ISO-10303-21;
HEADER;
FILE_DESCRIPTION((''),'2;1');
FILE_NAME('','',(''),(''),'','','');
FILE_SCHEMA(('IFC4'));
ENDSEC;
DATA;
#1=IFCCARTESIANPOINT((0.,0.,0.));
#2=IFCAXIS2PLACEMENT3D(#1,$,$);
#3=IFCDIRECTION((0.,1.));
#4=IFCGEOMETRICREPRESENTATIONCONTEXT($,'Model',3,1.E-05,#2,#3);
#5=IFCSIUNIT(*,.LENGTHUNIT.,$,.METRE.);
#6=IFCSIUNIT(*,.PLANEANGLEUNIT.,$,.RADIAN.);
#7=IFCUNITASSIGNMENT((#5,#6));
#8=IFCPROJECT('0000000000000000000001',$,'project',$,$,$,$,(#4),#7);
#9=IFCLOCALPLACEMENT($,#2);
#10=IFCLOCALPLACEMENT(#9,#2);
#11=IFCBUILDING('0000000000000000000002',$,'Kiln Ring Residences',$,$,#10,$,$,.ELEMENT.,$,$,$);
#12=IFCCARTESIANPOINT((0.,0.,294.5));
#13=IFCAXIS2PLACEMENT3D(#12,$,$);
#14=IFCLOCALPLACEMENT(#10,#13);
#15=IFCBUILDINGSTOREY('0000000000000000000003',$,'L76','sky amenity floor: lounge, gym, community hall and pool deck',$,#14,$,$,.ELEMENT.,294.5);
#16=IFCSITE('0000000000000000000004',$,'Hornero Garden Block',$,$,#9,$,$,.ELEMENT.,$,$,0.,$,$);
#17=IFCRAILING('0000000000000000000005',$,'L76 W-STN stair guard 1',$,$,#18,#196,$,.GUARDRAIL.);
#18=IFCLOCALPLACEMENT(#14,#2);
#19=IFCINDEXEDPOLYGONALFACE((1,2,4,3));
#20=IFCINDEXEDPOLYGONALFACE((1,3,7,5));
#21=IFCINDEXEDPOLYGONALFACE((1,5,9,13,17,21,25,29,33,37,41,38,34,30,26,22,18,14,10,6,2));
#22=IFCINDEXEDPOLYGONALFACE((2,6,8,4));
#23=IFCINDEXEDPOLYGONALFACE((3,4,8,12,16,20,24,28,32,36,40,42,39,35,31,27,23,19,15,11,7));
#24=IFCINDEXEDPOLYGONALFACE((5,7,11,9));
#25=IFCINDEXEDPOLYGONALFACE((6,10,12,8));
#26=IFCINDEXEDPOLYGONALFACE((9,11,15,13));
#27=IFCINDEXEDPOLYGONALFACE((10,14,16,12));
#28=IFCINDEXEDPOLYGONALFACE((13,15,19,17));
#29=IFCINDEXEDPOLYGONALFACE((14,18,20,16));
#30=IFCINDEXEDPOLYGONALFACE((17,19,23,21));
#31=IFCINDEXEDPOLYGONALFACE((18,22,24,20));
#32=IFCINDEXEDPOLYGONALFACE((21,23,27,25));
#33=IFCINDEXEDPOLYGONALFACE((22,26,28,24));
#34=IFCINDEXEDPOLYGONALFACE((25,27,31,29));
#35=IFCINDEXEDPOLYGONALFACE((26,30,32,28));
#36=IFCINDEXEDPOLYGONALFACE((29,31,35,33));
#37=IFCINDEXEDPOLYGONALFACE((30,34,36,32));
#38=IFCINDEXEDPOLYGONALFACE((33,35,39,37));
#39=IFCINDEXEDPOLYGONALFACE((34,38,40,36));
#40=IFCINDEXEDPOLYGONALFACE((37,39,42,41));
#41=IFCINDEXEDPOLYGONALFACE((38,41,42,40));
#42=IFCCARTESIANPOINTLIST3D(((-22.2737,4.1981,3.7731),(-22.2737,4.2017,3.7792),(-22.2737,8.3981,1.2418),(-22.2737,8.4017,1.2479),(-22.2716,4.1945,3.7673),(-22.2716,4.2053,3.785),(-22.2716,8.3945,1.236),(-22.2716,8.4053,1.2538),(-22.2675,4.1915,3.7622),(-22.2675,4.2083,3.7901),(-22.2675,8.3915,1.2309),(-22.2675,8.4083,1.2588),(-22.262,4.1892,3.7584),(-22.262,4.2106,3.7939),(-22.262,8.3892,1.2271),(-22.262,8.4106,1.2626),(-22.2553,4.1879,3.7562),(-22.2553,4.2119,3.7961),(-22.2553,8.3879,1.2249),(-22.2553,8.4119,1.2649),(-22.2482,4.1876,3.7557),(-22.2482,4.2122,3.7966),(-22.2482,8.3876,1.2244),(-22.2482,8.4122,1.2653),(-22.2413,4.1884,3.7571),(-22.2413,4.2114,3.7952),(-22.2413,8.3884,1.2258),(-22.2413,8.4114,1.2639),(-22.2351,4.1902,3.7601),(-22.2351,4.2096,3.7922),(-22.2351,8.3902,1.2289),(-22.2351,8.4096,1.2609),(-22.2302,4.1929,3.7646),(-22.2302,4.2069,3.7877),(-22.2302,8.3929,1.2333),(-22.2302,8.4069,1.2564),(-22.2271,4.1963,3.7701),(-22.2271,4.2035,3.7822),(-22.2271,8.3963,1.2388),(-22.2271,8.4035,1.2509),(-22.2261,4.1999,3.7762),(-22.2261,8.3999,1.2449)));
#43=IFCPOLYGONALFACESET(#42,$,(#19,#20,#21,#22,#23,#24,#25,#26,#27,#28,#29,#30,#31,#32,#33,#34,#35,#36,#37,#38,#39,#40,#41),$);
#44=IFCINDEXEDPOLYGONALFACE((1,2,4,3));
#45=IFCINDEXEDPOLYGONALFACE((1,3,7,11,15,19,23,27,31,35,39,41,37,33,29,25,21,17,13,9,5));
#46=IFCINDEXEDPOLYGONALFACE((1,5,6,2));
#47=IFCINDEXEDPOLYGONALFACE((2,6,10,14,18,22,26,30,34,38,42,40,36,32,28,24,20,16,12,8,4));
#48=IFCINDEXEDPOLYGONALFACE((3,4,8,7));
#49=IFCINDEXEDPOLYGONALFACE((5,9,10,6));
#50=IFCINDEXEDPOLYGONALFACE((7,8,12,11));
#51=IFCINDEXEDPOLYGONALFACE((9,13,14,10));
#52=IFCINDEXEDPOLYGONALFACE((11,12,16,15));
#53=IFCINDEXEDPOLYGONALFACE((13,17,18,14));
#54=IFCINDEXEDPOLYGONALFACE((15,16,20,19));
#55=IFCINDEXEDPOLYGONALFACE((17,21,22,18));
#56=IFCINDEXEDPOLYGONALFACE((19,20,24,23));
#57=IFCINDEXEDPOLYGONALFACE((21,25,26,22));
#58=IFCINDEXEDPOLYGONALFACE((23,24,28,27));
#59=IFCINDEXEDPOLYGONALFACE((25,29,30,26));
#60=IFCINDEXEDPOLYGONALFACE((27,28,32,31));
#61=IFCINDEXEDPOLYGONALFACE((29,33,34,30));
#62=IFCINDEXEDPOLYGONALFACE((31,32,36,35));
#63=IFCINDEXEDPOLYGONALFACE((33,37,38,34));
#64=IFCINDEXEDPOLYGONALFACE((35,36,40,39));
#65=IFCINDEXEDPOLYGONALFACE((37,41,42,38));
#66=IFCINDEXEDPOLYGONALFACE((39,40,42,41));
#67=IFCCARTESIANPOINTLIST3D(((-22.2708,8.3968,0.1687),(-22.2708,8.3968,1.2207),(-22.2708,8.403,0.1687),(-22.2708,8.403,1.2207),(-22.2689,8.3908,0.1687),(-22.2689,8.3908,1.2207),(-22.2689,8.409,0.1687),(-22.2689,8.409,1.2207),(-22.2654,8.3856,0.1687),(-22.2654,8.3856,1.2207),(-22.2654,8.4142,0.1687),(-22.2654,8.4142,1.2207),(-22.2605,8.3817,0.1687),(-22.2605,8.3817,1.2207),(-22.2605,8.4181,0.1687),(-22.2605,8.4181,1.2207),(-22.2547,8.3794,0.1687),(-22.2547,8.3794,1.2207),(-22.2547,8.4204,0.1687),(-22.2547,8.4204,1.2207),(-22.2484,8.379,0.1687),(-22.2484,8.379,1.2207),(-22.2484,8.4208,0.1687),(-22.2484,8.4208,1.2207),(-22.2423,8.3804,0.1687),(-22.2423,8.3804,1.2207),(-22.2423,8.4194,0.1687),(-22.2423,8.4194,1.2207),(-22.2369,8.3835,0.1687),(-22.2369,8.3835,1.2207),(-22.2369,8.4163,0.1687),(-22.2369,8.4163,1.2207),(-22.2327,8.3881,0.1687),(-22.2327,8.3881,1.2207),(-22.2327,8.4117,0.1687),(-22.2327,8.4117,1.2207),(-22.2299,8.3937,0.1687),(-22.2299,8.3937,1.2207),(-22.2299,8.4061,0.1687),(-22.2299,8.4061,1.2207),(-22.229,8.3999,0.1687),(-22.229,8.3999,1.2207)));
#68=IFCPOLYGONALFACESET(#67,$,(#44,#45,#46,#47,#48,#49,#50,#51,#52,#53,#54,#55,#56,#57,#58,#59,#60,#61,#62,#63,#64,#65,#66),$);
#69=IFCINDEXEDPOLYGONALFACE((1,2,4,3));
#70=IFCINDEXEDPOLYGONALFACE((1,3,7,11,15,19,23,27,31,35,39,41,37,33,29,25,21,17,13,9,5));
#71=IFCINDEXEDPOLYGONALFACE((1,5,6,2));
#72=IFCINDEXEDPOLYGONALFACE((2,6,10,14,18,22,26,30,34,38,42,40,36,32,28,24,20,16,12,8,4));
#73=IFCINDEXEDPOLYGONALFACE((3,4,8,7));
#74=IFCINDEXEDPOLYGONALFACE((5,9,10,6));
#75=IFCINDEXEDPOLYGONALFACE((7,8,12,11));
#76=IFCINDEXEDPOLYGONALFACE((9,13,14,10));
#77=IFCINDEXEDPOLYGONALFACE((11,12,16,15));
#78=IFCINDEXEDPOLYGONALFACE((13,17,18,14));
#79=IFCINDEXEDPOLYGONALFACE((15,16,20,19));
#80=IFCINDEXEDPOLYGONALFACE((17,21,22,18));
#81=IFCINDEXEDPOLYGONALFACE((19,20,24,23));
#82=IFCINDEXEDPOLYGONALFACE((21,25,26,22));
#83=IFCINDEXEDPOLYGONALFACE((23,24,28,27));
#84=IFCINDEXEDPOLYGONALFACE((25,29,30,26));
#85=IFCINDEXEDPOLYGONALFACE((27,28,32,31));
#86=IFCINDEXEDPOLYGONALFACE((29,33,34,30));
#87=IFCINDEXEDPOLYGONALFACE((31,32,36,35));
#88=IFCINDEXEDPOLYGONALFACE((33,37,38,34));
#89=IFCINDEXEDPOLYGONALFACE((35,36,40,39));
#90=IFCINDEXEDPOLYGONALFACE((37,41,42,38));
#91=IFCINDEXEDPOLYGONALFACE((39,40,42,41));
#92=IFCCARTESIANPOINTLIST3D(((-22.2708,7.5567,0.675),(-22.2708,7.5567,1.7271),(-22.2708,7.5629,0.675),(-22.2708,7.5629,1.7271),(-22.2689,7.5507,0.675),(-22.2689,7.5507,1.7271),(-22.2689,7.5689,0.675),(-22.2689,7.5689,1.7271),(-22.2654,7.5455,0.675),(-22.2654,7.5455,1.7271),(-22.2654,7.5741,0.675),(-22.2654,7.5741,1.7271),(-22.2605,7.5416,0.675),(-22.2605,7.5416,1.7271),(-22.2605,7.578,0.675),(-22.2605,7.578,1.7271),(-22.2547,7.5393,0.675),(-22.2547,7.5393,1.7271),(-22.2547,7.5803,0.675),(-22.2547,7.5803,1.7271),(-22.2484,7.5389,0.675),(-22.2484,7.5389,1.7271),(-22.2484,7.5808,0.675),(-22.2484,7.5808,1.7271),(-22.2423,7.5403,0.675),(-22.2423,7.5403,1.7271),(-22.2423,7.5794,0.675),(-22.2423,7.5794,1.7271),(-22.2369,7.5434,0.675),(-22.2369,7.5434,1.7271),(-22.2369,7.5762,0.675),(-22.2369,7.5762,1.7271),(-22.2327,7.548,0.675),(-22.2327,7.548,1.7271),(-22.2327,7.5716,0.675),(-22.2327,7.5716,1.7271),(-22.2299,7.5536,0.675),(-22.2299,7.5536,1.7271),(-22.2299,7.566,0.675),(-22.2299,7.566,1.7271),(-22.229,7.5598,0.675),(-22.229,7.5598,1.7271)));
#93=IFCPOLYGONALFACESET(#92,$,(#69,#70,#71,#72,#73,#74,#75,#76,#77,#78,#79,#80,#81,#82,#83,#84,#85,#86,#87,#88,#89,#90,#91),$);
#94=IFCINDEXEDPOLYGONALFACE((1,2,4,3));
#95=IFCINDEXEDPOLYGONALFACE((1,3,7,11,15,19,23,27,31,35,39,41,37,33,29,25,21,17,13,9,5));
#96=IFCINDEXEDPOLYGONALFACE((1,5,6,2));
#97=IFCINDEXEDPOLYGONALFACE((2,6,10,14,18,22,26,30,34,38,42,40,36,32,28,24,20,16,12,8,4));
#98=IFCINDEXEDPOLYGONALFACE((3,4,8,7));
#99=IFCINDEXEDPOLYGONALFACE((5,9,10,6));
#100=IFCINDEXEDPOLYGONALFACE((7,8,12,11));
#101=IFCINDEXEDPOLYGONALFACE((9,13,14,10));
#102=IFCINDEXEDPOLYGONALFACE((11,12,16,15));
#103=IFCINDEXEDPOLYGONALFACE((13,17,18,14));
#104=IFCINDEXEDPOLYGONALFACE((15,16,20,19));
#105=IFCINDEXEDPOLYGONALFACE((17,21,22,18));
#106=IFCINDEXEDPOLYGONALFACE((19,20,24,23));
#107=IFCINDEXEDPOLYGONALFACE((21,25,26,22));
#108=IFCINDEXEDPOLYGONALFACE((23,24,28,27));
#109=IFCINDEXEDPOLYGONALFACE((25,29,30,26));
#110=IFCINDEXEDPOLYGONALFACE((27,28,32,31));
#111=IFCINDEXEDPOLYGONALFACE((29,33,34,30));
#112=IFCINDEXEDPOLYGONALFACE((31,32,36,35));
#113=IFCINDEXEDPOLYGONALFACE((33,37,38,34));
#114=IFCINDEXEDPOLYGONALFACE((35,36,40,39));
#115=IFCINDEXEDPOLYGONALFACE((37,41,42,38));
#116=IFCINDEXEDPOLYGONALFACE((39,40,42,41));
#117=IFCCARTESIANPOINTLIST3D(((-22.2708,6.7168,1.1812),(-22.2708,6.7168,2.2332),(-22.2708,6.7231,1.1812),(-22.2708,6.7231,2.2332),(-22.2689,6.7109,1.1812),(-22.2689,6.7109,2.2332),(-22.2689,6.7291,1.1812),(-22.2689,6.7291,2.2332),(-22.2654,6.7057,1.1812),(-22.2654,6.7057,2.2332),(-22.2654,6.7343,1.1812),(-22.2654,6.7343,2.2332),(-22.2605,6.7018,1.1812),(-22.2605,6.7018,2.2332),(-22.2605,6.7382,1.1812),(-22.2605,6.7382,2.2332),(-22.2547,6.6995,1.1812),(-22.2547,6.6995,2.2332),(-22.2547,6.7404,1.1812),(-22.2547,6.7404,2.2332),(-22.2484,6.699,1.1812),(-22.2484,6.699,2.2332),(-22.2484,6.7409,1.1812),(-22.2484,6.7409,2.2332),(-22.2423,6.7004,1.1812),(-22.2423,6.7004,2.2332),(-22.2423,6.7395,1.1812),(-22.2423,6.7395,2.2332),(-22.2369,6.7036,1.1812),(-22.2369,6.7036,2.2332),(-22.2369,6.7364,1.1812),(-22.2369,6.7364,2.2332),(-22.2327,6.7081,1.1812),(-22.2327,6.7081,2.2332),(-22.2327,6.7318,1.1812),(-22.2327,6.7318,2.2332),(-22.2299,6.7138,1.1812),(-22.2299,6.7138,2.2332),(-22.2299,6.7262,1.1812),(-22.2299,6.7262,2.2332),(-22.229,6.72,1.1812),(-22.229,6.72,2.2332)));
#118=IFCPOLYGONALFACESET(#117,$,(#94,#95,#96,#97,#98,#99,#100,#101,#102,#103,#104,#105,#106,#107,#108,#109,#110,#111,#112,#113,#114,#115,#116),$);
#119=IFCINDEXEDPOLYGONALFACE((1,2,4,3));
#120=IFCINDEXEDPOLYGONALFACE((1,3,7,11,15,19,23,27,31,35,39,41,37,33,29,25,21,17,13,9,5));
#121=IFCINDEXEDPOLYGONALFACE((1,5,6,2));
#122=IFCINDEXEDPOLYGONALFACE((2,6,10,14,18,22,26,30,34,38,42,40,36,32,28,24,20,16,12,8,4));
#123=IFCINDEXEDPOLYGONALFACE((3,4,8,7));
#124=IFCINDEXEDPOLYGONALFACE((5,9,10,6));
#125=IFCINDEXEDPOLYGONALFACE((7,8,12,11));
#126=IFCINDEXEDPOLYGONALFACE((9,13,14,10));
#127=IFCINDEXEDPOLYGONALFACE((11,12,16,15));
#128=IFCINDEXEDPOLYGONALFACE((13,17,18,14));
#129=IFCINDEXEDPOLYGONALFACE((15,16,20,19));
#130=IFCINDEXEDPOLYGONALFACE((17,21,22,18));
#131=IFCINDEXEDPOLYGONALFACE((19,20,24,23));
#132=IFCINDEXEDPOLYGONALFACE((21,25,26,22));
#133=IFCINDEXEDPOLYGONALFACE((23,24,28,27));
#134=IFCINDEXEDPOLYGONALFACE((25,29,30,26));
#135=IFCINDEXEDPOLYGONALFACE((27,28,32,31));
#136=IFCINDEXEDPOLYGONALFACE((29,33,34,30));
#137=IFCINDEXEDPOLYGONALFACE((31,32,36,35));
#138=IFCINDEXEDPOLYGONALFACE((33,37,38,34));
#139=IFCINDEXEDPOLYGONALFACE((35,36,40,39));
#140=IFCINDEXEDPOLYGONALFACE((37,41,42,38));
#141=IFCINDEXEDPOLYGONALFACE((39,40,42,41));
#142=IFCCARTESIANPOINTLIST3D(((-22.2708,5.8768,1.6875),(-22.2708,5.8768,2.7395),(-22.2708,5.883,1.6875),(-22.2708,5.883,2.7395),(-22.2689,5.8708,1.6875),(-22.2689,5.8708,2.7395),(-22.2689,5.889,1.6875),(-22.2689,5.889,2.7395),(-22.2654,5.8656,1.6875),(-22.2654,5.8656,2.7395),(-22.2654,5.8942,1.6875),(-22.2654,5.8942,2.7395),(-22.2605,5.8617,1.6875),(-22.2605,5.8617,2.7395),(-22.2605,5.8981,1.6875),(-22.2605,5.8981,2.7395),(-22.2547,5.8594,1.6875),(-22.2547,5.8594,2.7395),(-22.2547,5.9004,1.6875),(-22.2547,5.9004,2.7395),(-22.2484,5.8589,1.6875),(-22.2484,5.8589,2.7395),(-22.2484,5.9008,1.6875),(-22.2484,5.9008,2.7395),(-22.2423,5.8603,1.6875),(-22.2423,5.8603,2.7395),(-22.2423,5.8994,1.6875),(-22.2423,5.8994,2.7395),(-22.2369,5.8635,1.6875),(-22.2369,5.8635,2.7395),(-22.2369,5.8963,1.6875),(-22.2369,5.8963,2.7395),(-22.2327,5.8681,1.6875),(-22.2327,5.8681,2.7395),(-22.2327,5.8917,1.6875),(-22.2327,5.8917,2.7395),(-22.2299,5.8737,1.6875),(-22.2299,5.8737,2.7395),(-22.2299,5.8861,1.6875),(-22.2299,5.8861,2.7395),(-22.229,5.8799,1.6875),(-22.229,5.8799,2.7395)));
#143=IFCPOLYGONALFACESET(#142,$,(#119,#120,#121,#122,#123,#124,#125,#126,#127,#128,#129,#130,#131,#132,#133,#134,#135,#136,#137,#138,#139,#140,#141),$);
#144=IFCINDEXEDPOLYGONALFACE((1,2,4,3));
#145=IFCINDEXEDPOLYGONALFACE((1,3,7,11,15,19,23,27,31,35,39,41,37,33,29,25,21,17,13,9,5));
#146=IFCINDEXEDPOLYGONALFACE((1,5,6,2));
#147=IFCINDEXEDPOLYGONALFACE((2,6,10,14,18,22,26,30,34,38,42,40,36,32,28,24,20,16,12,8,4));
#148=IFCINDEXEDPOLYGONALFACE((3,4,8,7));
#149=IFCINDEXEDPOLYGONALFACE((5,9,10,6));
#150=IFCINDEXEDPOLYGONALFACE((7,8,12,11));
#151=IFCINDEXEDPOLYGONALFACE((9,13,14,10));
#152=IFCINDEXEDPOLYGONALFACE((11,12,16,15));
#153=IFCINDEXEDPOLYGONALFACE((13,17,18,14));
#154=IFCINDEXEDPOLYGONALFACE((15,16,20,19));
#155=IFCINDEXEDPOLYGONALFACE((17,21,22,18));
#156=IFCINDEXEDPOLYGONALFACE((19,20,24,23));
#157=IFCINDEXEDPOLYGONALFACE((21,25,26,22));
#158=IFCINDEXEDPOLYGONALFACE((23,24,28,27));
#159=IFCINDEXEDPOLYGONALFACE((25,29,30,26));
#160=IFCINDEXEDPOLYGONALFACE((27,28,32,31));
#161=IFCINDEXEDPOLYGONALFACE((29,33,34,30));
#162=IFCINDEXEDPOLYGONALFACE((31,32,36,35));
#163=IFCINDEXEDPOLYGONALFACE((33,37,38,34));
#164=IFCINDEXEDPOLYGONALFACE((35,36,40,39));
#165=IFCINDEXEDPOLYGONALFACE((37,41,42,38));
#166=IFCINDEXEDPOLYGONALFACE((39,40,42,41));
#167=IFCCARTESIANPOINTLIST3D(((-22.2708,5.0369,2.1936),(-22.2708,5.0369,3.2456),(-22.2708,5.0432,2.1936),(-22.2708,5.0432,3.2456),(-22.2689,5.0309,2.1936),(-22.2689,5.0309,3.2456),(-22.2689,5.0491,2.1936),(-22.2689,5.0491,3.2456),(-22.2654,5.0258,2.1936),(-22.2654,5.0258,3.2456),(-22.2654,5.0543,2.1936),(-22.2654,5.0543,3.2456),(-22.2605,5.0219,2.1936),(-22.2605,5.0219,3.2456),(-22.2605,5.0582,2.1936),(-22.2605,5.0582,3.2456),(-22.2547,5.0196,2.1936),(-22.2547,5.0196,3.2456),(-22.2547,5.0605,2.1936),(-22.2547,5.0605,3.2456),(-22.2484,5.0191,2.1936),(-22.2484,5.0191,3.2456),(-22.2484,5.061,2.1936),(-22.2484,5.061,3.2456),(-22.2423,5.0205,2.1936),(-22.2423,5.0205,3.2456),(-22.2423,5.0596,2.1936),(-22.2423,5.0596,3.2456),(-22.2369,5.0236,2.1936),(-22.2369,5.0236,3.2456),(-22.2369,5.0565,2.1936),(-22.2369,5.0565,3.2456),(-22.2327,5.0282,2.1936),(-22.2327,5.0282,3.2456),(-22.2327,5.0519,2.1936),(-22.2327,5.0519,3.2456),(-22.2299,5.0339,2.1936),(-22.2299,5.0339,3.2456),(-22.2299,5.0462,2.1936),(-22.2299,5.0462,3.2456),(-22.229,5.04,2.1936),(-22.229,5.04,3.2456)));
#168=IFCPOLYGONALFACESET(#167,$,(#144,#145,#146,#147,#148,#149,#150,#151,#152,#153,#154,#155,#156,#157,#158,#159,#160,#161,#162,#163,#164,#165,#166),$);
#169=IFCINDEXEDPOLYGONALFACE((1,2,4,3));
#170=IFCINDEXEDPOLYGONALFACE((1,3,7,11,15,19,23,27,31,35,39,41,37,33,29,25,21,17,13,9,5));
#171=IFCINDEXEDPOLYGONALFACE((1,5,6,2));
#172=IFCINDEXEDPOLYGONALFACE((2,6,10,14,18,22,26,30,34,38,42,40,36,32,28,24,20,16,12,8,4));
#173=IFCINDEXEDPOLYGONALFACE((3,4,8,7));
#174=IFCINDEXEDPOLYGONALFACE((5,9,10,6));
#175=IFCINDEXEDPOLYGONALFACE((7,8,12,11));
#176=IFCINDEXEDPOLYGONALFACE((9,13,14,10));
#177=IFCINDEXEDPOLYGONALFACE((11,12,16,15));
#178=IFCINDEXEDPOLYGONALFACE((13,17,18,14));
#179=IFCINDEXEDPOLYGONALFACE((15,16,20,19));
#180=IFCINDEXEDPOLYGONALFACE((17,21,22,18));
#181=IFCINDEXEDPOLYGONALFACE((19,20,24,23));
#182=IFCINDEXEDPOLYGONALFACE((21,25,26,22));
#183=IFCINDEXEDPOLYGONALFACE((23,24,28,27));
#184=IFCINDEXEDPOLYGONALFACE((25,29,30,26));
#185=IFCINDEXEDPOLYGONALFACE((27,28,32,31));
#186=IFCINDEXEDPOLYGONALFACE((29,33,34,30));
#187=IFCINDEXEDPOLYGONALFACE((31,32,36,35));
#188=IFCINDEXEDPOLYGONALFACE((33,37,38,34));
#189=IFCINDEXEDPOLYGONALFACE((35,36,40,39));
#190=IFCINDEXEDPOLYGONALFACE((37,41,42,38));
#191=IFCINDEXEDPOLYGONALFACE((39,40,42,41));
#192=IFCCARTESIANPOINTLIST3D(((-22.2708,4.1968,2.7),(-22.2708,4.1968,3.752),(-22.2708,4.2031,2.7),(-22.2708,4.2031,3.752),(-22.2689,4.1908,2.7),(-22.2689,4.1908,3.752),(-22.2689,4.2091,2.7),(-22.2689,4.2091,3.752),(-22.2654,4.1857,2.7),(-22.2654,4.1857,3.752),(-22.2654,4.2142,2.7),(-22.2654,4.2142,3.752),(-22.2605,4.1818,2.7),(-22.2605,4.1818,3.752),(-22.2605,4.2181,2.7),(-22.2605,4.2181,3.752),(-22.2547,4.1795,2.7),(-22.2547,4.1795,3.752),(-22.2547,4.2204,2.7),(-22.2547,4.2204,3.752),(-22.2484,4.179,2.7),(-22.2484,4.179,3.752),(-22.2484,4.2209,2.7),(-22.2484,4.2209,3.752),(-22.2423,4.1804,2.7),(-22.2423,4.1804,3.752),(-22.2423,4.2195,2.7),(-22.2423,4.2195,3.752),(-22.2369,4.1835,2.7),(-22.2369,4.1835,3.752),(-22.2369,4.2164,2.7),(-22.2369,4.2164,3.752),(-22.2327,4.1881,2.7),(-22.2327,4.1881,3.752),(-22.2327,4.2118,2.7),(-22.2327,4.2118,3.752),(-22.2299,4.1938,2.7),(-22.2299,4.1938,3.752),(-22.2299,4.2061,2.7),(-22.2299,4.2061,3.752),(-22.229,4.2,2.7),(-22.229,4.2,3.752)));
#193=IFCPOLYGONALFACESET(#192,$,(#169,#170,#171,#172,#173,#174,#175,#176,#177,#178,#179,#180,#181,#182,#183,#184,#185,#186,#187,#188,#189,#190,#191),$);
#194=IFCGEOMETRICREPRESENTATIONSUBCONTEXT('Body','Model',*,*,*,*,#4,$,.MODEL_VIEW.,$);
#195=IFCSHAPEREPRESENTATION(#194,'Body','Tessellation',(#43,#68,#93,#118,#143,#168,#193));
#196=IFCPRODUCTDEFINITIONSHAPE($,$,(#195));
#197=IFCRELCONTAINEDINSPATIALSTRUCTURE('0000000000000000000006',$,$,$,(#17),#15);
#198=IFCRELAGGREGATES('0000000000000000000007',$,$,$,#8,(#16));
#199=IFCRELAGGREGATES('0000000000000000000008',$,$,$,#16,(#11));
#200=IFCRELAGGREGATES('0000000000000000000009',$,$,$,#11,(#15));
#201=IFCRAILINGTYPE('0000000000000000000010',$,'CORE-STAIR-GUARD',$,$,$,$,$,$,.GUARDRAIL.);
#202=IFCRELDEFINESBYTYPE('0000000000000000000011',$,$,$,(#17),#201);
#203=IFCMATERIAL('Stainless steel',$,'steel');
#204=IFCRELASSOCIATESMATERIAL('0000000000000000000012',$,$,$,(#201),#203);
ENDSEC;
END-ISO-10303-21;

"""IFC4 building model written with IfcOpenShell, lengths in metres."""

from ifc_helpers import new_model, si_unit, direction, frame, origin, origin_2d, place, context, subcontext, project, spatial, circle, extrude, material, type_object, element, save


model = new_model("IFC4")

# Units and contexts
model_context = context("Model", 3, precision=1e-05, world=origin(), true_north=direction((0.0, 1.0)))
body_context = subcontext(model_context, "Body", "Model", "MODEL_VIEW")
ifc_project = project(units=[si_unit("LENGTHUNIT", "METRE"), si_unit("PLANEANGLEUNIT", "RADIAN")], contexts=[model_context])

# Site, building, storey
site_placement = place(None, origin())
site = spatial("IfcSite", under=ifc_project, at=site_placement, Name="Hornero Garden Block", CompositionType="ELEMENT", RefElevation=0.0)
building_placement = place(site_placement, origin())
building = spatial("IfcBuilding", under=site, at=building_placement, Name="Kiln Ring Residences", CompositionType="ELEMENT")
storey_placement = place(building_placement, frame((0.0, 0.0, 294.5)))
storey = spatial("IfcBuildingStorey", under=building, at=storey_placement, Name="L76", Description="sky amenity floor: lounge, gym, community hall and pool deck", CompositionType="ELEMENT", Elevation=294.5)

# Railing
ifc_material_1 = material(Name="Stainless steel", Category="steel")
railing_type_1 = type_object("IfcRailingType", Name="CORE-STAIR-GUARD", PredefinedType="GUARDRAIL", material=ifc_material_1)
railing_1_placement = place(storey_placement, frame((-22.25, 8.3999, 0.1687)))
element("IfcRailing", 1, at=railing_1_placement, inside=storey, type_object=railing_type_1, Name="L76 W-STN stair guard 1", PredefinedType="GUARDRAIL", context=body_context, shape_type="SweptSolid", body=[
    extrude(circle(Radius=0.0239, at=origin_2d()), frame((0.0, 0.0, 1.0762), z_axis=(0.0, -0.856476, 0.516186), x_axis=(1.0, 0.0, 0.0)), (0.0, 0.0, 1.0), 4.9038),
    extrude(circle(Radius=0.021, at=origin_2d()), origin(), (0.0, 0.0, 1.0), 1.052),
    extrude(circle(Radius=0.021, at=origin_2d()), frame((0.0, -0.8401, 0.5063)), (0.0, 0.0, 1.0), 1.052),
    extrude(circle(Radius=0.021, at=origin_2d()), frame((0.0, -1.6799, 1.0125)), (0.0, 0.0, 1.0), 1.052),
    extrude(circle(Radius=0.021, at=origin_2d()), frame((0.0, -2.52, 1.5188)), (0.0, 0.0, 1.0), 1.052),
    extrude(circle(Radius=0.021, at=origin_2d()), frame((0.0, -3.3599, 2.0249)), (0.0, 0.0, 1.0), 1.052),
    extrude(circle(Radius=0.021, at=origin_2d()), frame((0.0, -4.2, 2.5312)), (0.0, 0.0, 1.0), 1.052),
])

save(model, "model.ifc")
